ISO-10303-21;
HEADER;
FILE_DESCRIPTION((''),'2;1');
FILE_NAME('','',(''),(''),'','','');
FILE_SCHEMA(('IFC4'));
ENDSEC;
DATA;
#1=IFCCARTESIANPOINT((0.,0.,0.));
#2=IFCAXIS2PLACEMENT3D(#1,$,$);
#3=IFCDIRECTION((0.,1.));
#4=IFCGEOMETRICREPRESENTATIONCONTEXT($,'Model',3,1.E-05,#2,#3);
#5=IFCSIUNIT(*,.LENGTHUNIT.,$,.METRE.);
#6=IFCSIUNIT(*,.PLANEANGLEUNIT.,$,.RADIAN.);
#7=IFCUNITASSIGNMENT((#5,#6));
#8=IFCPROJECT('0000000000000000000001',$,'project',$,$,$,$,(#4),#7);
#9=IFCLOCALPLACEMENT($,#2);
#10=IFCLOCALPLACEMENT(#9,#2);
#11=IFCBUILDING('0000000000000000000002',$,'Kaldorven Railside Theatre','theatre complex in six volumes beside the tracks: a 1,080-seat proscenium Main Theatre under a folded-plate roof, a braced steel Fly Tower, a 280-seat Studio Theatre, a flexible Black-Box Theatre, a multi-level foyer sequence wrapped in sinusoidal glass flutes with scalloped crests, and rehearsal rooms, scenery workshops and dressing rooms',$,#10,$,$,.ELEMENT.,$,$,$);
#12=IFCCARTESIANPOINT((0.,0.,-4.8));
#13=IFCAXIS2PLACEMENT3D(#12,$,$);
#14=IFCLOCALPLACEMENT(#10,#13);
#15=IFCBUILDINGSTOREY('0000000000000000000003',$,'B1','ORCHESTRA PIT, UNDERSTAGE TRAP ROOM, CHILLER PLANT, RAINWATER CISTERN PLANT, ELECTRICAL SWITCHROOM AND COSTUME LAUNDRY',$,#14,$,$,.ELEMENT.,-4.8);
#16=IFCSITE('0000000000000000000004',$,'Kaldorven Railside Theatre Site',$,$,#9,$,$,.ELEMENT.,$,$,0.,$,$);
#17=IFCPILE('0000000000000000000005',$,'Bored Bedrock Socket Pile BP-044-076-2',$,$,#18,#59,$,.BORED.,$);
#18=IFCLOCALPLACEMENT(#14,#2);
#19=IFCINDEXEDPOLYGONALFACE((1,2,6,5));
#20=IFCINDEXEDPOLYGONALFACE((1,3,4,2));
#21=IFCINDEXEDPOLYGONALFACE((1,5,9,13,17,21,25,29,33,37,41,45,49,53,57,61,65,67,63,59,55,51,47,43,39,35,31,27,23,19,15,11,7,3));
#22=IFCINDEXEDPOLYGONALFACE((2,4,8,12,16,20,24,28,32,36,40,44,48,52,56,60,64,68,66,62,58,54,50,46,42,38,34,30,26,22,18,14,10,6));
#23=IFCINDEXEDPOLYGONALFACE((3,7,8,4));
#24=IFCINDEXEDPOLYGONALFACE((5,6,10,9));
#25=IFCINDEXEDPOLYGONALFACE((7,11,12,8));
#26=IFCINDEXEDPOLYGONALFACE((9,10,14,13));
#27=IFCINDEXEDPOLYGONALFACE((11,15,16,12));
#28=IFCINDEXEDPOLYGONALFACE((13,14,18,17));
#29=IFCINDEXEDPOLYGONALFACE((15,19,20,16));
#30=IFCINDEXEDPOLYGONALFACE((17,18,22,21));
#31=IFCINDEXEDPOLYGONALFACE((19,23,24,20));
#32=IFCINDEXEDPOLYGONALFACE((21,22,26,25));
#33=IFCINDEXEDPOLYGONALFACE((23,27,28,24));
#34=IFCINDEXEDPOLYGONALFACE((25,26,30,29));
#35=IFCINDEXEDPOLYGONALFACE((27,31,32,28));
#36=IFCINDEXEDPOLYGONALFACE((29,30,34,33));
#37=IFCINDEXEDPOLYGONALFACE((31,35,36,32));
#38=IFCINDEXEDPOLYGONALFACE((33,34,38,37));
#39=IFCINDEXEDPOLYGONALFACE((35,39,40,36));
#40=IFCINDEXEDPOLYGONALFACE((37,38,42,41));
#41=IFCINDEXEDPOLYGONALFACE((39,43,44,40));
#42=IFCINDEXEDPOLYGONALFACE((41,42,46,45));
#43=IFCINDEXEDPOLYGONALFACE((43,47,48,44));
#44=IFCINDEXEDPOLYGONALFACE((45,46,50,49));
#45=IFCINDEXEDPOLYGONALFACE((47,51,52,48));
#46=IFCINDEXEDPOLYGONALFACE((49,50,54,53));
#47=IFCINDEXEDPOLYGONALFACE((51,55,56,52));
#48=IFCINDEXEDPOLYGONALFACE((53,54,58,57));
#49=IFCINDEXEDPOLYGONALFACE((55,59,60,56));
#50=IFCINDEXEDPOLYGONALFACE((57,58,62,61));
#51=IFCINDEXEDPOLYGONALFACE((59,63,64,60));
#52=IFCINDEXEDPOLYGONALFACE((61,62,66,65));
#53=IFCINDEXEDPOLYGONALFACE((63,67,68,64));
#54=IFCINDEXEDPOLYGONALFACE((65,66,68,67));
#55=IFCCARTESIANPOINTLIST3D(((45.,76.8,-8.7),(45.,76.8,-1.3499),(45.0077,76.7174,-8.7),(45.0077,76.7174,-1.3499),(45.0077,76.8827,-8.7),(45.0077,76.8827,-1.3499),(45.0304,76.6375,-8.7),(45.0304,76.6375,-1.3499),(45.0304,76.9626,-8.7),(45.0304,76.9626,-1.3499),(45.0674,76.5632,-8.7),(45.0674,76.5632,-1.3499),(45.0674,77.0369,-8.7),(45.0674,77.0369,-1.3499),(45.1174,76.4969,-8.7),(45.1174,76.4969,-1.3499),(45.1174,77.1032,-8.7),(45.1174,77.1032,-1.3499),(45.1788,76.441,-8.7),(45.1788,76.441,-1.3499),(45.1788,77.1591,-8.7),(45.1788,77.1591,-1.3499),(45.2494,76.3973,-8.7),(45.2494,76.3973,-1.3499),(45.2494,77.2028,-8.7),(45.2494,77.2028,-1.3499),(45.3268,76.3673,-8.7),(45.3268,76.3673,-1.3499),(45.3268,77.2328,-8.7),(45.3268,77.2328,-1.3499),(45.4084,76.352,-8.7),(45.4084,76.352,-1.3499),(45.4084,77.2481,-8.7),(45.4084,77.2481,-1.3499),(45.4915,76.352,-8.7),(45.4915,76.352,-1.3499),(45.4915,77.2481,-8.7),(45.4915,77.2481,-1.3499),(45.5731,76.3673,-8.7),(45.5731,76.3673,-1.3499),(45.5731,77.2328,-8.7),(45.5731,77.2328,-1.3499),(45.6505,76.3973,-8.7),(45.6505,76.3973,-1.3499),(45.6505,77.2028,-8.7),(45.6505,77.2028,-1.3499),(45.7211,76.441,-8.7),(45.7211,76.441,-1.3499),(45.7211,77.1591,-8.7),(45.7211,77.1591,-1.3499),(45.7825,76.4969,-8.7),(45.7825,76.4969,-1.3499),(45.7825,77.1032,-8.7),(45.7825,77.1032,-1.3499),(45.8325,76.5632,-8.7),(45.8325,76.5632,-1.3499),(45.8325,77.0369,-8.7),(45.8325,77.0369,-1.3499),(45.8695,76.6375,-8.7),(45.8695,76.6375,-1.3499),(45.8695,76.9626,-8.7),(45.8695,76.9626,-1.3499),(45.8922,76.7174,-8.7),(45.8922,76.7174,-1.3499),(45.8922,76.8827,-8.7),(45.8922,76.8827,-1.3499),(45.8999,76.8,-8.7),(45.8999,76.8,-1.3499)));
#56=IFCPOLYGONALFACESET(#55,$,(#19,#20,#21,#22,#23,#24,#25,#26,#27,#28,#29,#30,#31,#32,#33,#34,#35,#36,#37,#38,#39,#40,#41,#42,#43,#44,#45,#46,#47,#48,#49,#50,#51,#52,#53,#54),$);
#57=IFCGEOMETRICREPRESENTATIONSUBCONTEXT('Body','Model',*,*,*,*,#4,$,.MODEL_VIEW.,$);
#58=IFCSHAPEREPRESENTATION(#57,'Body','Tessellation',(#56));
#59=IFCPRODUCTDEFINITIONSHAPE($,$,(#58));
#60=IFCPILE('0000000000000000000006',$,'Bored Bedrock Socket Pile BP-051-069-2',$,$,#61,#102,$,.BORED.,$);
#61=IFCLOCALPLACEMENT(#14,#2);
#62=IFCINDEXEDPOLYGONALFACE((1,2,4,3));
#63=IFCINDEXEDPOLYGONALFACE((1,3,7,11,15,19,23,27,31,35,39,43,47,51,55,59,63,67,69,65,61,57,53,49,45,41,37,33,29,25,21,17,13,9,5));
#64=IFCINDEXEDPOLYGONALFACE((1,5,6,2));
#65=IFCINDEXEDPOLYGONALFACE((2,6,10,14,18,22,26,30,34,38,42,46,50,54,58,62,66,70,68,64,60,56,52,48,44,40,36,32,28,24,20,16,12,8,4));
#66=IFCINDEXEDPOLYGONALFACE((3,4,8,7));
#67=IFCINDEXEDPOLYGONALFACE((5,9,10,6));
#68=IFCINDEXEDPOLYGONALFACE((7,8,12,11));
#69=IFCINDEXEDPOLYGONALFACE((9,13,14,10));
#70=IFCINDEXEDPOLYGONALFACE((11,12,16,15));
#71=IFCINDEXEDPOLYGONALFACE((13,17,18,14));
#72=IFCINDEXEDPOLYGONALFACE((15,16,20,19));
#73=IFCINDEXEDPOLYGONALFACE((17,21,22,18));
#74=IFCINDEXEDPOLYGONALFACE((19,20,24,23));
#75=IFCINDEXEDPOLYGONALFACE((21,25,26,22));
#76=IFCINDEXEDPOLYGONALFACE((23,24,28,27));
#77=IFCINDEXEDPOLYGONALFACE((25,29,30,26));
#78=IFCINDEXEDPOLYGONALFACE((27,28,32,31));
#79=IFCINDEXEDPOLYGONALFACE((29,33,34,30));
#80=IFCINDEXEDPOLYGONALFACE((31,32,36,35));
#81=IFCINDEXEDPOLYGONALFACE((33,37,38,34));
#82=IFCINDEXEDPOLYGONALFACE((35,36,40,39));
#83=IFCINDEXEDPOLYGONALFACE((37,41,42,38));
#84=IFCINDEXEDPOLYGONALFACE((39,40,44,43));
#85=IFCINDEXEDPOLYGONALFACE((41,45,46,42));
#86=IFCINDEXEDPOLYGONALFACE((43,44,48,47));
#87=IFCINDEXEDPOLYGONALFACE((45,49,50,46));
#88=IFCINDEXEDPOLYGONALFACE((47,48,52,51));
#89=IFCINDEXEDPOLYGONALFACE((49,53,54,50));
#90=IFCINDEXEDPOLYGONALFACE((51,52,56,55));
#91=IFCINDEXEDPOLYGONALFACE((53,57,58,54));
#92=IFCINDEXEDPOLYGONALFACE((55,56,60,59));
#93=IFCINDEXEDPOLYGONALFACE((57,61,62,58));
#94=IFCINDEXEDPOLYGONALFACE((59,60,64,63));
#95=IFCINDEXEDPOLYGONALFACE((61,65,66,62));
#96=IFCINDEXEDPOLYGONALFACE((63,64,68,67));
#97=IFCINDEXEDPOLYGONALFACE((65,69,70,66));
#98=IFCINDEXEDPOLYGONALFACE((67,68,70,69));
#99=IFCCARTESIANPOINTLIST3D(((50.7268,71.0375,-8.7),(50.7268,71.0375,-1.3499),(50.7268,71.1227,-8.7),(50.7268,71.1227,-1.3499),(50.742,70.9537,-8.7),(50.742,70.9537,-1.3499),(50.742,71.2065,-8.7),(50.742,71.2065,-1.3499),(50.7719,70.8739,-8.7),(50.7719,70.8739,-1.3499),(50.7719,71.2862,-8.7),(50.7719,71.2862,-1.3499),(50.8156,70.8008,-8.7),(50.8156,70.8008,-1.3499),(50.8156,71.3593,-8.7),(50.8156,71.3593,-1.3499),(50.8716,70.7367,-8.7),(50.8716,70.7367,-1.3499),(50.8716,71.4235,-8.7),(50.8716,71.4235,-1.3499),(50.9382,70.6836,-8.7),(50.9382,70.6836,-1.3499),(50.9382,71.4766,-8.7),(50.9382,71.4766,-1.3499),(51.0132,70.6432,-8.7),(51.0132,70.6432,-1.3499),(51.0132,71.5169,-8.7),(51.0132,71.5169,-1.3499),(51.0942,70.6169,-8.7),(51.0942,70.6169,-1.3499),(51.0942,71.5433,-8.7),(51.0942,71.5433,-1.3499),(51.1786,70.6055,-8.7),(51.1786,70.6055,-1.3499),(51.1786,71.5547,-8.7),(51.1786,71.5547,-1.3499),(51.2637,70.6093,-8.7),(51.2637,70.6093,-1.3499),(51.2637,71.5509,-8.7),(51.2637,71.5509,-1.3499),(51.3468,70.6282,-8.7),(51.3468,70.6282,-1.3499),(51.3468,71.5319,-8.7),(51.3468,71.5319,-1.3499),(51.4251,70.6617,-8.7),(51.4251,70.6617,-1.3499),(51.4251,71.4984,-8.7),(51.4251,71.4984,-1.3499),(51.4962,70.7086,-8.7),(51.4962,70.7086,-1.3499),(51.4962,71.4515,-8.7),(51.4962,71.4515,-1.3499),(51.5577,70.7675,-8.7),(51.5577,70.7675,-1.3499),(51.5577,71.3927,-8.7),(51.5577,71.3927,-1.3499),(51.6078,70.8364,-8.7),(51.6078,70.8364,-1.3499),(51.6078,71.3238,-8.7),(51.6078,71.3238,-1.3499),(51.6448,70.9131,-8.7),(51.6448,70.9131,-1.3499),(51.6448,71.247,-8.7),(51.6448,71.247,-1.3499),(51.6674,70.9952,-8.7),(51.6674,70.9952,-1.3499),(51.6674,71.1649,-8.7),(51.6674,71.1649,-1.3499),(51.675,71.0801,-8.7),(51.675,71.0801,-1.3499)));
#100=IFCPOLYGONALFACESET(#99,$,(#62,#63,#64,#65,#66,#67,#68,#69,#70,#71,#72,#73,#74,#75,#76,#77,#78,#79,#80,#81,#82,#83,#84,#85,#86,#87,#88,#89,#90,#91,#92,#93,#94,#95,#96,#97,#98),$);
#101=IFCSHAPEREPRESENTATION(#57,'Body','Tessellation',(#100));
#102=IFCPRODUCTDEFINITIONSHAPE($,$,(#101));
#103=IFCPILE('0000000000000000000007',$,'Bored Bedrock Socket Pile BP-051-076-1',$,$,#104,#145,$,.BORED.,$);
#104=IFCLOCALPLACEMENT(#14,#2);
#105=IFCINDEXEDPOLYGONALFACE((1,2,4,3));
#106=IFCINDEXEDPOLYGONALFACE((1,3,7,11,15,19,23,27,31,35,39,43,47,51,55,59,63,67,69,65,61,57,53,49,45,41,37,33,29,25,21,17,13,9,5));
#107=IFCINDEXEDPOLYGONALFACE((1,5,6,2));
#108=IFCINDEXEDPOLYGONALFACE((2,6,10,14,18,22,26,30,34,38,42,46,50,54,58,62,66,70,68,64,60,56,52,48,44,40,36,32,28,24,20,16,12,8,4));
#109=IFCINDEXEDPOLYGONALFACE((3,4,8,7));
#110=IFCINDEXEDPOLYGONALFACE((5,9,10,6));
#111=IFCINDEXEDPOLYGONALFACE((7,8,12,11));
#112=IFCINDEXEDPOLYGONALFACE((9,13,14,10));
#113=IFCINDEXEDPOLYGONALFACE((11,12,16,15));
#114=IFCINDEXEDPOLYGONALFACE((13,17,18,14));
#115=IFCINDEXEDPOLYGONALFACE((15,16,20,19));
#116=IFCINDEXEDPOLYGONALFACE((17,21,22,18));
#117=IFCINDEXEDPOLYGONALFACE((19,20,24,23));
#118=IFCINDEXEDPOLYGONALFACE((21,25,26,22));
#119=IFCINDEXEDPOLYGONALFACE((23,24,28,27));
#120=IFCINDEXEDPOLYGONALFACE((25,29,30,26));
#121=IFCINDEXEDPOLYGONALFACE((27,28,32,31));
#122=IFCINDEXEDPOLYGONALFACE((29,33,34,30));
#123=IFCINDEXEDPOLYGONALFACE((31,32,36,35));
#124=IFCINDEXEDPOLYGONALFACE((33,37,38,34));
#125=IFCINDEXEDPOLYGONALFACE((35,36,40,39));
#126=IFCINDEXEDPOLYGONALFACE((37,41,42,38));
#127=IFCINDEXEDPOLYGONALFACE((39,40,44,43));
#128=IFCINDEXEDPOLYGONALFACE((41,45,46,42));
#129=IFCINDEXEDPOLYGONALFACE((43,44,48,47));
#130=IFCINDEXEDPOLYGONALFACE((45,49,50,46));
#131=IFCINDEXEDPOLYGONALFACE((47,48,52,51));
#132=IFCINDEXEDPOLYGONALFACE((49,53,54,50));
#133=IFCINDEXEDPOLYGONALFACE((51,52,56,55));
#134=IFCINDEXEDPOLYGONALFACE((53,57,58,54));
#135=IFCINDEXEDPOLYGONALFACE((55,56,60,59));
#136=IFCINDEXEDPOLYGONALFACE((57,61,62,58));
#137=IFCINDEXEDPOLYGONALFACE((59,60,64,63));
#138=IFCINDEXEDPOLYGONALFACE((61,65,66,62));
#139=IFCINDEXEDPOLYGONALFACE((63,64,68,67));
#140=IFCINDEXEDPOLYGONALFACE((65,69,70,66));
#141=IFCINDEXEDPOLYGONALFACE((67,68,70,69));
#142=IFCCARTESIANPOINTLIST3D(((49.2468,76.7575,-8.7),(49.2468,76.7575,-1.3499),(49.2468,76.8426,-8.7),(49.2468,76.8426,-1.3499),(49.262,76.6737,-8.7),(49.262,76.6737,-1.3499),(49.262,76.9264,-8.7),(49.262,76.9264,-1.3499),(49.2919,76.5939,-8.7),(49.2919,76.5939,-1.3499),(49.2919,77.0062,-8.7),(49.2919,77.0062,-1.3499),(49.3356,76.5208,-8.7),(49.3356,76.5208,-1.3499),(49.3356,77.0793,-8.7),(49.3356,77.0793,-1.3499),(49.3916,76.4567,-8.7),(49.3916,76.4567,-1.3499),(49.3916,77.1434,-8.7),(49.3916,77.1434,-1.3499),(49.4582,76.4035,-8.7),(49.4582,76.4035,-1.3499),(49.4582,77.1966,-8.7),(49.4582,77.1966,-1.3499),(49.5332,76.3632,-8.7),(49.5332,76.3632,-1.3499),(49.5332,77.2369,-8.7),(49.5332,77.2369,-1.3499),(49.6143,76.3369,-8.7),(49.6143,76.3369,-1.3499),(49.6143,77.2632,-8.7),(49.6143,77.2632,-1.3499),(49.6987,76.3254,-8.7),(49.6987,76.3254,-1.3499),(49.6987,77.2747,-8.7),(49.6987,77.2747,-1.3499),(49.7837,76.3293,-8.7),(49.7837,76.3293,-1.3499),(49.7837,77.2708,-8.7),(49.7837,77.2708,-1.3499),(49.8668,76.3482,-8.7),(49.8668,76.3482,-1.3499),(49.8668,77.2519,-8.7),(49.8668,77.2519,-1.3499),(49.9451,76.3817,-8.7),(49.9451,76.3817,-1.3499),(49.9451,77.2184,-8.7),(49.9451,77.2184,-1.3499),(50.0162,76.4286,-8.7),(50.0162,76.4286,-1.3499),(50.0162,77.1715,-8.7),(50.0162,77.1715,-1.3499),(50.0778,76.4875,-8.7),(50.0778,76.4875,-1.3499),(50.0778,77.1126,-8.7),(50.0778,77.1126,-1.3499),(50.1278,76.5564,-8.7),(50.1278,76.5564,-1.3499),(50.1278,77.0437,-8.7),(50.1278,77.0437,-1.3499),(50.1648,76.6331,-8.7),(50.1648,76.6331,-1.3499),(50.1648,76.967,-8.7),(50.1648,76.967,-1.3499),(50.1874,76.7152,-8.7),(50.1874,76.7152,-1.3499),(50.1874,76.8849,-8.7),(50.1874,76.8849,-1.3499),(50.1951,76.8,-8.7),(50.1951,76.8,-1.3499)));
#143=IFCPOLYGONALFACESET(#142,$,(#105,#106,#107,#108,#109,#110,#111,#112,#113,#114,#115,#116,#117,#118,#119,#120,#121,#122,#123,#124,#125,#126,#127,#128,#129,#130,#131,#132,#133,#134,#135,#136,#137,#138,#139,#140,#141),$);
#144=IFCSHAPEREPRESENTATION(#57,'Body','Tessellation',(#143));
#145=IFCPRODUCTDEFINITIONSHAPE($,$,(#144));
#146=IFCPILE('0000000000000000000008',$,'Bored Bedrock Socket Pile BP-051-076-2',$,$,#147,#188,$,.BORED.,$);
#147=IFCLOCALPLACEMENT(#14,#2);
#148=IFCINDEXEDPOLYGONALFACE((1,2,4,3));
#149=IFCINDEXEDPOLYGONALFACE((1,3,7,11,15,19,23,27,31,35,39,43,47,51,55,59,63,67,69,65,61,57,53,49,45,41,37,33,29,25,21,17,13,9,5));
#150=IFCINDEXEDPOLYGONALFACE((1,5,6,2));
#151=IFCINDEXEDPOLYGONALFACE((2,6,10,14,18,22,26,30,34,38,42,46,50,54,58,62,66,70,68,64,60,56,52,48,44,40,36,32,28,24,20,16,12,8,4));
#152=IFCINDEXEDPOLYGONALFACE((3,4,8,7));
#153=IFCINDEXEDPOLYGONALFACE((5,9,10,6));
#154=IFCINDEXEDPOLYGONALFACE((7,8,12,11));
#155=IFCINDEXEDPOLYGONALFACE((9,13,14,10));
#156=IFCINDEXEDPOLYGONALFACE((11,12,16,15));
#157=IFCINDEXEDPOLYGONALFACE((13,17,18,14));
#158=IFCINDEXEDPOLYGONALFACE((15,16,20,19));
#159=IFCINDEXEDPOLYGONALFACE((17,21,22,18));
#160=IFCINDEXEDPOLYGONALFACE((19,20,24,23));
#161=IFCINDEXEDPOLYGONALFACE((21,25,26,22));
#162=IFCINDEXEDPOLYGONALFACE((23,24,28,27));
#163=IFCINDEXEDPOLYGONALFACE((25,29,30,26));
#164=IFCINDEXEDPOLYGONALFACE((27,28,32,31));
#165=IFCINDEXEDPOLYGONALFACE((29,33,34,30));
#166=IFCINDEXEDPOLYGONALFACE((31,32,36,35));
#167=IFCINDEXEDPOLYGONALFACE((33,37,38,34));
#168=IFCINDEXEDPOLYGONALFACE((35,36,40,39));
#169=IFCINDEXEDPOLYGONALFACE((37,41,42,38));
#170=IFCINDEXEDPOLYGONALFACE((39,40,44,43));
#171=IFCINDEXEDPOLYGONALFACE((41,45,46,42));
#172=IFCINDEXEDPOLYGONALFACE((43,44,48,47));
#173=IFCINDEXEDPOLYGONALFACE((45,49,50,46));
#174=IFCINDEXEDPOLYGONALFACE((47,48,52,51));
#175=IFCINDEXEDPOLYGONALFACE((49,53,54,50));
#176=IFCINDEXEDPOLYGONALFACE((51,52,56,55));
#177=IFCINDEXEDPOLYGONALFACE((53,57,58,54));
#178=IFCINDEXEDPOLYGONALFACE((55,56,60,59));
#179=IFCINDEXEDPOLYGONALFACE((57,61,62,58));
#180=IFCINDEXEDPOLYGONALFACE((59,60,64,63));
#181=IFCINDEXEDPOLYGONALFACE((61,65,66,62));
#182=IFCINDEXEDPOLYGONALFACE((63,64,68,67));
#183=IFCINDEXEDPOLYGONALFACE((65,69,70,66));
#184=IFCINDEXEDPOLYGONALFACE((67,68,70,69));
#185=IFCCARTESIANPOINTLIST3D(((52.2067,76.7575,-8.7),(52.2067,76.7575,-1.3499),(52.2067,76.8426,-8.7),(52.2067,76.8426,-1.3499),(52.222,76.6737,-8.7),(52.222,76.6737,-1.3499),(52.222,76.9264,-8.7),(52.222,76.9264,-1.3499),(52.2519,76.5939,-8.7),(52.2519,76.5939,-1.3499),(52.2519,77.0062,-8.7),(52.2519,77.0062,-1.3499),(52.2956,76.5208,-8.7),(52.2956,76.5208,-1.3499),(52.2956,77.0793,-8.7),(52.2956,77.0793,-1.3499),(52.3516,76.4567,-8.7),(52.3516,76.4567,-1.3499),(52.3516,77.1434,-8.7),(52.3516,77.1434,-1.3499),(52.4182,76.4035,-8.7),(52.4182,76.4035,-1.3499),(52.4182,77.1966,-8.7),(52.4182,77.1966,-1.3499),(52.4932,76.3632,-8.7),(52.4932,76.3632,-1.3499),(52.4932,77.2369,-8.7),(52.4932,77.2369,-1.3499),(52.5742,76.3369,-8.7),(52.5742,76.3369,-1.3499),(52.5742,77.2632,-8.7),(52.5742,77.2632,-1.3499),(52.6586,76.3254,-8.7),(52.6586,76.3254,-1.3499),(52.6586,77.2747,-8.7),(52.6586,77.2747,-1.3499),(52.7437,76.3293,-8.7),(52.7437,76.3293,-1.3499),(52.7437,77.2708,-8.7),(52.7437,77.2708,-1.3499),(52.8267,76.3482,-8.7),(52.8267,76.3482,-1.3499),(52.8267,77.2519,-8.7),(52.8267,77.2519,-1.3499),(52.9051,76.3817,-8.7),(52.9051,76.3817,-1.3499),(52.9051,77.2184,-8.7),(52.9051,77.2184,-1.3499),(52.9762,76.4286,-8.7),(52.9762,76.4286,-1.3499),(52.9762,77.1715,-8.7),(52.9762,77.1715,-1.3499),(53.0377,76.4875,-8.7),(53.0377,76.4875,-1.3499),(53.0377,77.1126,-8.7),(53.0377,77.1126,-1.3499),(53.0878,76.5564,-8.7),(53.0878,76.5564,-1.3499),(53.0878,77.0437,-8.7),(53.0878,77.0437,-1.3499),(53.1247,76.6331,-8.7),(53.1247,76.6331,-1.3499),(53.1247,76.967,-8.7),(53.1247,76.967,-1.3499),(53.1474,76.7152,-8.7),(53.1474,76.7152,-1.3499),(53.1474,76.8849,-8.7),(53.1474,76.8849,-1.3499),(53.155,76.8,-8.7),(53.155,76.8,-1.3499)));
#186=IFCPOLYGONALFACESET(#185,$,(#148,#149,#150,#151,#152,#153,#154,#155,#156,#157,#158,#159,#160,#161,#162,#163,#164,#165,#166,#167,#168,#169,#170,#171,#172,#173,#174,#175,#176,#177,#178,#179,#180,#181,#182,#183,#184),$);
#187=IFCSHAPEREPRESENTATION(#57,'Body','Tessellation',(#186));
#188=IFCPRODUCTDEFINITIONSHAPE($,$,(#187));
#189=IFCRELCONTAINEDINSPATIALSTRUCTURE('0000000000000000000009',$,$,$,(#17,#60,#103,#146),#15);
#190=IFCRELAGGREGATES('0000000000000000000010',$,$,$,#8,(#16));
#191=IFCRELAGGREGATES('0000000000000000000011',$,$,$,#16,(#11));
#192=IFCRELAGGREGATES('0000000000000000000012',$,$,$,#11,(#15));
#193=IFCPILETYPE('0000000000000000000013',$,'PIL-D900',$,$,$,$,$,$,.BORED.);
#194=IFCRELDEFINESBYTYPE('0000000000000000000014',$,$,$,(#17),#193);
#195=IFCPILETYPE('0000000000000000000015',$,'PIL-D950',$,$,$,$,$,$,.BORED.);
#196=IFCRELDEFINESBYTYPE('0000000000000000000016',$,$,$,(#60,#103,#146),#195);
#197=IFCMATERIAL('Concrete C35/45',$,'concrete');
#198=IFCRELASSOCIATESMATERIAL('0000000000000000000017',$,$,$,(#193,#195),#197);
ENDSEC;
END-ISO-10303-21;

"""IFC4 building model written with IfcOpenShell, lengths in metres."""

from ifc_helpers import new_model, si_unit, direction, frame, origin, origin_2d, place, context, subcontext, project, spatial, circle, extrude, material, material_profile, profile_set, type_object, element, save


model = new_model("IFC4")

# Units and contexts
model_context = context("Model", 3, precision=1e-05, world=origin(), true_north=direction((0.0, 1.0)))
body_context = subcontext(model_context, "Body", "Model", "MODEL_VIEW")
ifc_project = project(units=[si_unit("LENGTHUNIT", "METRE"), si_unit("PLANEANGLEUNIT", "RADIAN")], contexts=[model_context])

# Site, building, storey
site_placement = place(None, origin())
site = spatial("IfcSite", under=ifc_project, at=site_placement, Name="Kaldorven Railside Theatre Site", CompositionType="ELEMENT", RefElevation=0.0)
building_placement = place(site_placement, origin())
building = spatial("IfcBuilding", under=site, at=building_placement, Name="Kaldorven Railside Theatre", Description="theatre complex in six volumes beside the tracks: a 1,080-seat proscenium Main Theatre under a folded-plate roof, a braced steel Fly Tower, a 280-seat Studio Theatre, a flexible Black-Box Theatre, a multi-level foyer sequence wrapped in sinusoidal glass flutes with scalloped crests, and rehearsal rooms, scenery workshops and dressing rooms", CompositionType="ELEMENT")
storey_placement = place(building_placement, frame((0.0, 0.0, -4.8)))
storey = spatial("IfcBuildingStorey", under=building, at=storey_placement, Name="B1", Description="ORCHESTRA PIT, UNDERSTAGE TRAP ROOM, CHILLER PLANT, RAINWATER CISTERN PLANT, ELECTRICAL SWITCHROOM AND COSTUME LAUNDRY", CompositionType="ELEMENT", Elevation=-4.8)

# Piles
ifc_material_1 = material(Name="Concrete C35/45", Category="concrete")
ifc_material_profile_1 = material_profile(ifc_material_1, circle(Radius=0.45, at=origin_2d()), Name="BP D900")
ifc_profile_set_1 = profile_set([ifc_material_profile_1], Name="Concrete C35/45")
pile_type_1 = type_object("IfcPileType", Name="PIL-D900", PredefinedType="BORED", material=ifc_profile_set_1)
pile_placement = place(storey_placement, frame((45.45, 76.8, -1.3499), z_axis=(0.0, 0.0, -1.0), x_axis=(1.0, 0.0, 0.0)))
element("IfcPile", 1, at=pile_placement, inside=storey, type_object=pile_type_1, Name="Bored Bedrock Socket Pile BP-044-076-2", PredefinedType="BORED", context=body_context, shape_type="SweptSolid", body=[
    extrude(circle(Radius=0.45, at=origin_2d()), origin(), (0.0, 0.0, 1.0), 7.3501),
])
ifc_material_profile_2 = material_profile(ifc_material_1, circle(Radius=0.4751, at=origin_2d()), Name="BP D950")
ifc_profile_set_2 = profile_set([ifc_material_profile_2], Name="Concrete C35/45")
pile_type_2 = type_object("IfcPileType", Name="PIL-D950", PredefinedType="BORED", material=ifc_profile_set_2)
for number, where, z_axis, x_axis, name in (
    (2, (51.2, 71.0801, -1.3499), (0.0, 0.0, -1.0), (1.0, 0.0, 0.0), "Bored Bedrock Socket Pile BP-051-069-2"),
    (3, (49.72, 76.8, -1.3499), (0.0, 0.0, -1.0), (1.0, 0.0, 0.0), "Bored Bedrock Socket Pile BP-051-076-1"),
    (4, (52.6799, 76.8, -1.3499), (0.0, 0.0, -1.0), (1.0, 0.0, 0.0), "Bored Bedrock Socket Pile BP-051-076-2"),
):
    element("IfcPile", number, at=place(storey_placement, frame(where, z_axis=z_axis, x_axis=x_axis)), inside=storey, type_object=pile_type_2, Name=name, PredefinedType="BORED", context=body_context, shape_type="SweptSolid", body=[
        extrude(circle(Radius=0.4751, at=origin_2d()), origin(), (0.0, 0.0, 1.0), 7.3501),
    ])

save(model, "model.ifc")
